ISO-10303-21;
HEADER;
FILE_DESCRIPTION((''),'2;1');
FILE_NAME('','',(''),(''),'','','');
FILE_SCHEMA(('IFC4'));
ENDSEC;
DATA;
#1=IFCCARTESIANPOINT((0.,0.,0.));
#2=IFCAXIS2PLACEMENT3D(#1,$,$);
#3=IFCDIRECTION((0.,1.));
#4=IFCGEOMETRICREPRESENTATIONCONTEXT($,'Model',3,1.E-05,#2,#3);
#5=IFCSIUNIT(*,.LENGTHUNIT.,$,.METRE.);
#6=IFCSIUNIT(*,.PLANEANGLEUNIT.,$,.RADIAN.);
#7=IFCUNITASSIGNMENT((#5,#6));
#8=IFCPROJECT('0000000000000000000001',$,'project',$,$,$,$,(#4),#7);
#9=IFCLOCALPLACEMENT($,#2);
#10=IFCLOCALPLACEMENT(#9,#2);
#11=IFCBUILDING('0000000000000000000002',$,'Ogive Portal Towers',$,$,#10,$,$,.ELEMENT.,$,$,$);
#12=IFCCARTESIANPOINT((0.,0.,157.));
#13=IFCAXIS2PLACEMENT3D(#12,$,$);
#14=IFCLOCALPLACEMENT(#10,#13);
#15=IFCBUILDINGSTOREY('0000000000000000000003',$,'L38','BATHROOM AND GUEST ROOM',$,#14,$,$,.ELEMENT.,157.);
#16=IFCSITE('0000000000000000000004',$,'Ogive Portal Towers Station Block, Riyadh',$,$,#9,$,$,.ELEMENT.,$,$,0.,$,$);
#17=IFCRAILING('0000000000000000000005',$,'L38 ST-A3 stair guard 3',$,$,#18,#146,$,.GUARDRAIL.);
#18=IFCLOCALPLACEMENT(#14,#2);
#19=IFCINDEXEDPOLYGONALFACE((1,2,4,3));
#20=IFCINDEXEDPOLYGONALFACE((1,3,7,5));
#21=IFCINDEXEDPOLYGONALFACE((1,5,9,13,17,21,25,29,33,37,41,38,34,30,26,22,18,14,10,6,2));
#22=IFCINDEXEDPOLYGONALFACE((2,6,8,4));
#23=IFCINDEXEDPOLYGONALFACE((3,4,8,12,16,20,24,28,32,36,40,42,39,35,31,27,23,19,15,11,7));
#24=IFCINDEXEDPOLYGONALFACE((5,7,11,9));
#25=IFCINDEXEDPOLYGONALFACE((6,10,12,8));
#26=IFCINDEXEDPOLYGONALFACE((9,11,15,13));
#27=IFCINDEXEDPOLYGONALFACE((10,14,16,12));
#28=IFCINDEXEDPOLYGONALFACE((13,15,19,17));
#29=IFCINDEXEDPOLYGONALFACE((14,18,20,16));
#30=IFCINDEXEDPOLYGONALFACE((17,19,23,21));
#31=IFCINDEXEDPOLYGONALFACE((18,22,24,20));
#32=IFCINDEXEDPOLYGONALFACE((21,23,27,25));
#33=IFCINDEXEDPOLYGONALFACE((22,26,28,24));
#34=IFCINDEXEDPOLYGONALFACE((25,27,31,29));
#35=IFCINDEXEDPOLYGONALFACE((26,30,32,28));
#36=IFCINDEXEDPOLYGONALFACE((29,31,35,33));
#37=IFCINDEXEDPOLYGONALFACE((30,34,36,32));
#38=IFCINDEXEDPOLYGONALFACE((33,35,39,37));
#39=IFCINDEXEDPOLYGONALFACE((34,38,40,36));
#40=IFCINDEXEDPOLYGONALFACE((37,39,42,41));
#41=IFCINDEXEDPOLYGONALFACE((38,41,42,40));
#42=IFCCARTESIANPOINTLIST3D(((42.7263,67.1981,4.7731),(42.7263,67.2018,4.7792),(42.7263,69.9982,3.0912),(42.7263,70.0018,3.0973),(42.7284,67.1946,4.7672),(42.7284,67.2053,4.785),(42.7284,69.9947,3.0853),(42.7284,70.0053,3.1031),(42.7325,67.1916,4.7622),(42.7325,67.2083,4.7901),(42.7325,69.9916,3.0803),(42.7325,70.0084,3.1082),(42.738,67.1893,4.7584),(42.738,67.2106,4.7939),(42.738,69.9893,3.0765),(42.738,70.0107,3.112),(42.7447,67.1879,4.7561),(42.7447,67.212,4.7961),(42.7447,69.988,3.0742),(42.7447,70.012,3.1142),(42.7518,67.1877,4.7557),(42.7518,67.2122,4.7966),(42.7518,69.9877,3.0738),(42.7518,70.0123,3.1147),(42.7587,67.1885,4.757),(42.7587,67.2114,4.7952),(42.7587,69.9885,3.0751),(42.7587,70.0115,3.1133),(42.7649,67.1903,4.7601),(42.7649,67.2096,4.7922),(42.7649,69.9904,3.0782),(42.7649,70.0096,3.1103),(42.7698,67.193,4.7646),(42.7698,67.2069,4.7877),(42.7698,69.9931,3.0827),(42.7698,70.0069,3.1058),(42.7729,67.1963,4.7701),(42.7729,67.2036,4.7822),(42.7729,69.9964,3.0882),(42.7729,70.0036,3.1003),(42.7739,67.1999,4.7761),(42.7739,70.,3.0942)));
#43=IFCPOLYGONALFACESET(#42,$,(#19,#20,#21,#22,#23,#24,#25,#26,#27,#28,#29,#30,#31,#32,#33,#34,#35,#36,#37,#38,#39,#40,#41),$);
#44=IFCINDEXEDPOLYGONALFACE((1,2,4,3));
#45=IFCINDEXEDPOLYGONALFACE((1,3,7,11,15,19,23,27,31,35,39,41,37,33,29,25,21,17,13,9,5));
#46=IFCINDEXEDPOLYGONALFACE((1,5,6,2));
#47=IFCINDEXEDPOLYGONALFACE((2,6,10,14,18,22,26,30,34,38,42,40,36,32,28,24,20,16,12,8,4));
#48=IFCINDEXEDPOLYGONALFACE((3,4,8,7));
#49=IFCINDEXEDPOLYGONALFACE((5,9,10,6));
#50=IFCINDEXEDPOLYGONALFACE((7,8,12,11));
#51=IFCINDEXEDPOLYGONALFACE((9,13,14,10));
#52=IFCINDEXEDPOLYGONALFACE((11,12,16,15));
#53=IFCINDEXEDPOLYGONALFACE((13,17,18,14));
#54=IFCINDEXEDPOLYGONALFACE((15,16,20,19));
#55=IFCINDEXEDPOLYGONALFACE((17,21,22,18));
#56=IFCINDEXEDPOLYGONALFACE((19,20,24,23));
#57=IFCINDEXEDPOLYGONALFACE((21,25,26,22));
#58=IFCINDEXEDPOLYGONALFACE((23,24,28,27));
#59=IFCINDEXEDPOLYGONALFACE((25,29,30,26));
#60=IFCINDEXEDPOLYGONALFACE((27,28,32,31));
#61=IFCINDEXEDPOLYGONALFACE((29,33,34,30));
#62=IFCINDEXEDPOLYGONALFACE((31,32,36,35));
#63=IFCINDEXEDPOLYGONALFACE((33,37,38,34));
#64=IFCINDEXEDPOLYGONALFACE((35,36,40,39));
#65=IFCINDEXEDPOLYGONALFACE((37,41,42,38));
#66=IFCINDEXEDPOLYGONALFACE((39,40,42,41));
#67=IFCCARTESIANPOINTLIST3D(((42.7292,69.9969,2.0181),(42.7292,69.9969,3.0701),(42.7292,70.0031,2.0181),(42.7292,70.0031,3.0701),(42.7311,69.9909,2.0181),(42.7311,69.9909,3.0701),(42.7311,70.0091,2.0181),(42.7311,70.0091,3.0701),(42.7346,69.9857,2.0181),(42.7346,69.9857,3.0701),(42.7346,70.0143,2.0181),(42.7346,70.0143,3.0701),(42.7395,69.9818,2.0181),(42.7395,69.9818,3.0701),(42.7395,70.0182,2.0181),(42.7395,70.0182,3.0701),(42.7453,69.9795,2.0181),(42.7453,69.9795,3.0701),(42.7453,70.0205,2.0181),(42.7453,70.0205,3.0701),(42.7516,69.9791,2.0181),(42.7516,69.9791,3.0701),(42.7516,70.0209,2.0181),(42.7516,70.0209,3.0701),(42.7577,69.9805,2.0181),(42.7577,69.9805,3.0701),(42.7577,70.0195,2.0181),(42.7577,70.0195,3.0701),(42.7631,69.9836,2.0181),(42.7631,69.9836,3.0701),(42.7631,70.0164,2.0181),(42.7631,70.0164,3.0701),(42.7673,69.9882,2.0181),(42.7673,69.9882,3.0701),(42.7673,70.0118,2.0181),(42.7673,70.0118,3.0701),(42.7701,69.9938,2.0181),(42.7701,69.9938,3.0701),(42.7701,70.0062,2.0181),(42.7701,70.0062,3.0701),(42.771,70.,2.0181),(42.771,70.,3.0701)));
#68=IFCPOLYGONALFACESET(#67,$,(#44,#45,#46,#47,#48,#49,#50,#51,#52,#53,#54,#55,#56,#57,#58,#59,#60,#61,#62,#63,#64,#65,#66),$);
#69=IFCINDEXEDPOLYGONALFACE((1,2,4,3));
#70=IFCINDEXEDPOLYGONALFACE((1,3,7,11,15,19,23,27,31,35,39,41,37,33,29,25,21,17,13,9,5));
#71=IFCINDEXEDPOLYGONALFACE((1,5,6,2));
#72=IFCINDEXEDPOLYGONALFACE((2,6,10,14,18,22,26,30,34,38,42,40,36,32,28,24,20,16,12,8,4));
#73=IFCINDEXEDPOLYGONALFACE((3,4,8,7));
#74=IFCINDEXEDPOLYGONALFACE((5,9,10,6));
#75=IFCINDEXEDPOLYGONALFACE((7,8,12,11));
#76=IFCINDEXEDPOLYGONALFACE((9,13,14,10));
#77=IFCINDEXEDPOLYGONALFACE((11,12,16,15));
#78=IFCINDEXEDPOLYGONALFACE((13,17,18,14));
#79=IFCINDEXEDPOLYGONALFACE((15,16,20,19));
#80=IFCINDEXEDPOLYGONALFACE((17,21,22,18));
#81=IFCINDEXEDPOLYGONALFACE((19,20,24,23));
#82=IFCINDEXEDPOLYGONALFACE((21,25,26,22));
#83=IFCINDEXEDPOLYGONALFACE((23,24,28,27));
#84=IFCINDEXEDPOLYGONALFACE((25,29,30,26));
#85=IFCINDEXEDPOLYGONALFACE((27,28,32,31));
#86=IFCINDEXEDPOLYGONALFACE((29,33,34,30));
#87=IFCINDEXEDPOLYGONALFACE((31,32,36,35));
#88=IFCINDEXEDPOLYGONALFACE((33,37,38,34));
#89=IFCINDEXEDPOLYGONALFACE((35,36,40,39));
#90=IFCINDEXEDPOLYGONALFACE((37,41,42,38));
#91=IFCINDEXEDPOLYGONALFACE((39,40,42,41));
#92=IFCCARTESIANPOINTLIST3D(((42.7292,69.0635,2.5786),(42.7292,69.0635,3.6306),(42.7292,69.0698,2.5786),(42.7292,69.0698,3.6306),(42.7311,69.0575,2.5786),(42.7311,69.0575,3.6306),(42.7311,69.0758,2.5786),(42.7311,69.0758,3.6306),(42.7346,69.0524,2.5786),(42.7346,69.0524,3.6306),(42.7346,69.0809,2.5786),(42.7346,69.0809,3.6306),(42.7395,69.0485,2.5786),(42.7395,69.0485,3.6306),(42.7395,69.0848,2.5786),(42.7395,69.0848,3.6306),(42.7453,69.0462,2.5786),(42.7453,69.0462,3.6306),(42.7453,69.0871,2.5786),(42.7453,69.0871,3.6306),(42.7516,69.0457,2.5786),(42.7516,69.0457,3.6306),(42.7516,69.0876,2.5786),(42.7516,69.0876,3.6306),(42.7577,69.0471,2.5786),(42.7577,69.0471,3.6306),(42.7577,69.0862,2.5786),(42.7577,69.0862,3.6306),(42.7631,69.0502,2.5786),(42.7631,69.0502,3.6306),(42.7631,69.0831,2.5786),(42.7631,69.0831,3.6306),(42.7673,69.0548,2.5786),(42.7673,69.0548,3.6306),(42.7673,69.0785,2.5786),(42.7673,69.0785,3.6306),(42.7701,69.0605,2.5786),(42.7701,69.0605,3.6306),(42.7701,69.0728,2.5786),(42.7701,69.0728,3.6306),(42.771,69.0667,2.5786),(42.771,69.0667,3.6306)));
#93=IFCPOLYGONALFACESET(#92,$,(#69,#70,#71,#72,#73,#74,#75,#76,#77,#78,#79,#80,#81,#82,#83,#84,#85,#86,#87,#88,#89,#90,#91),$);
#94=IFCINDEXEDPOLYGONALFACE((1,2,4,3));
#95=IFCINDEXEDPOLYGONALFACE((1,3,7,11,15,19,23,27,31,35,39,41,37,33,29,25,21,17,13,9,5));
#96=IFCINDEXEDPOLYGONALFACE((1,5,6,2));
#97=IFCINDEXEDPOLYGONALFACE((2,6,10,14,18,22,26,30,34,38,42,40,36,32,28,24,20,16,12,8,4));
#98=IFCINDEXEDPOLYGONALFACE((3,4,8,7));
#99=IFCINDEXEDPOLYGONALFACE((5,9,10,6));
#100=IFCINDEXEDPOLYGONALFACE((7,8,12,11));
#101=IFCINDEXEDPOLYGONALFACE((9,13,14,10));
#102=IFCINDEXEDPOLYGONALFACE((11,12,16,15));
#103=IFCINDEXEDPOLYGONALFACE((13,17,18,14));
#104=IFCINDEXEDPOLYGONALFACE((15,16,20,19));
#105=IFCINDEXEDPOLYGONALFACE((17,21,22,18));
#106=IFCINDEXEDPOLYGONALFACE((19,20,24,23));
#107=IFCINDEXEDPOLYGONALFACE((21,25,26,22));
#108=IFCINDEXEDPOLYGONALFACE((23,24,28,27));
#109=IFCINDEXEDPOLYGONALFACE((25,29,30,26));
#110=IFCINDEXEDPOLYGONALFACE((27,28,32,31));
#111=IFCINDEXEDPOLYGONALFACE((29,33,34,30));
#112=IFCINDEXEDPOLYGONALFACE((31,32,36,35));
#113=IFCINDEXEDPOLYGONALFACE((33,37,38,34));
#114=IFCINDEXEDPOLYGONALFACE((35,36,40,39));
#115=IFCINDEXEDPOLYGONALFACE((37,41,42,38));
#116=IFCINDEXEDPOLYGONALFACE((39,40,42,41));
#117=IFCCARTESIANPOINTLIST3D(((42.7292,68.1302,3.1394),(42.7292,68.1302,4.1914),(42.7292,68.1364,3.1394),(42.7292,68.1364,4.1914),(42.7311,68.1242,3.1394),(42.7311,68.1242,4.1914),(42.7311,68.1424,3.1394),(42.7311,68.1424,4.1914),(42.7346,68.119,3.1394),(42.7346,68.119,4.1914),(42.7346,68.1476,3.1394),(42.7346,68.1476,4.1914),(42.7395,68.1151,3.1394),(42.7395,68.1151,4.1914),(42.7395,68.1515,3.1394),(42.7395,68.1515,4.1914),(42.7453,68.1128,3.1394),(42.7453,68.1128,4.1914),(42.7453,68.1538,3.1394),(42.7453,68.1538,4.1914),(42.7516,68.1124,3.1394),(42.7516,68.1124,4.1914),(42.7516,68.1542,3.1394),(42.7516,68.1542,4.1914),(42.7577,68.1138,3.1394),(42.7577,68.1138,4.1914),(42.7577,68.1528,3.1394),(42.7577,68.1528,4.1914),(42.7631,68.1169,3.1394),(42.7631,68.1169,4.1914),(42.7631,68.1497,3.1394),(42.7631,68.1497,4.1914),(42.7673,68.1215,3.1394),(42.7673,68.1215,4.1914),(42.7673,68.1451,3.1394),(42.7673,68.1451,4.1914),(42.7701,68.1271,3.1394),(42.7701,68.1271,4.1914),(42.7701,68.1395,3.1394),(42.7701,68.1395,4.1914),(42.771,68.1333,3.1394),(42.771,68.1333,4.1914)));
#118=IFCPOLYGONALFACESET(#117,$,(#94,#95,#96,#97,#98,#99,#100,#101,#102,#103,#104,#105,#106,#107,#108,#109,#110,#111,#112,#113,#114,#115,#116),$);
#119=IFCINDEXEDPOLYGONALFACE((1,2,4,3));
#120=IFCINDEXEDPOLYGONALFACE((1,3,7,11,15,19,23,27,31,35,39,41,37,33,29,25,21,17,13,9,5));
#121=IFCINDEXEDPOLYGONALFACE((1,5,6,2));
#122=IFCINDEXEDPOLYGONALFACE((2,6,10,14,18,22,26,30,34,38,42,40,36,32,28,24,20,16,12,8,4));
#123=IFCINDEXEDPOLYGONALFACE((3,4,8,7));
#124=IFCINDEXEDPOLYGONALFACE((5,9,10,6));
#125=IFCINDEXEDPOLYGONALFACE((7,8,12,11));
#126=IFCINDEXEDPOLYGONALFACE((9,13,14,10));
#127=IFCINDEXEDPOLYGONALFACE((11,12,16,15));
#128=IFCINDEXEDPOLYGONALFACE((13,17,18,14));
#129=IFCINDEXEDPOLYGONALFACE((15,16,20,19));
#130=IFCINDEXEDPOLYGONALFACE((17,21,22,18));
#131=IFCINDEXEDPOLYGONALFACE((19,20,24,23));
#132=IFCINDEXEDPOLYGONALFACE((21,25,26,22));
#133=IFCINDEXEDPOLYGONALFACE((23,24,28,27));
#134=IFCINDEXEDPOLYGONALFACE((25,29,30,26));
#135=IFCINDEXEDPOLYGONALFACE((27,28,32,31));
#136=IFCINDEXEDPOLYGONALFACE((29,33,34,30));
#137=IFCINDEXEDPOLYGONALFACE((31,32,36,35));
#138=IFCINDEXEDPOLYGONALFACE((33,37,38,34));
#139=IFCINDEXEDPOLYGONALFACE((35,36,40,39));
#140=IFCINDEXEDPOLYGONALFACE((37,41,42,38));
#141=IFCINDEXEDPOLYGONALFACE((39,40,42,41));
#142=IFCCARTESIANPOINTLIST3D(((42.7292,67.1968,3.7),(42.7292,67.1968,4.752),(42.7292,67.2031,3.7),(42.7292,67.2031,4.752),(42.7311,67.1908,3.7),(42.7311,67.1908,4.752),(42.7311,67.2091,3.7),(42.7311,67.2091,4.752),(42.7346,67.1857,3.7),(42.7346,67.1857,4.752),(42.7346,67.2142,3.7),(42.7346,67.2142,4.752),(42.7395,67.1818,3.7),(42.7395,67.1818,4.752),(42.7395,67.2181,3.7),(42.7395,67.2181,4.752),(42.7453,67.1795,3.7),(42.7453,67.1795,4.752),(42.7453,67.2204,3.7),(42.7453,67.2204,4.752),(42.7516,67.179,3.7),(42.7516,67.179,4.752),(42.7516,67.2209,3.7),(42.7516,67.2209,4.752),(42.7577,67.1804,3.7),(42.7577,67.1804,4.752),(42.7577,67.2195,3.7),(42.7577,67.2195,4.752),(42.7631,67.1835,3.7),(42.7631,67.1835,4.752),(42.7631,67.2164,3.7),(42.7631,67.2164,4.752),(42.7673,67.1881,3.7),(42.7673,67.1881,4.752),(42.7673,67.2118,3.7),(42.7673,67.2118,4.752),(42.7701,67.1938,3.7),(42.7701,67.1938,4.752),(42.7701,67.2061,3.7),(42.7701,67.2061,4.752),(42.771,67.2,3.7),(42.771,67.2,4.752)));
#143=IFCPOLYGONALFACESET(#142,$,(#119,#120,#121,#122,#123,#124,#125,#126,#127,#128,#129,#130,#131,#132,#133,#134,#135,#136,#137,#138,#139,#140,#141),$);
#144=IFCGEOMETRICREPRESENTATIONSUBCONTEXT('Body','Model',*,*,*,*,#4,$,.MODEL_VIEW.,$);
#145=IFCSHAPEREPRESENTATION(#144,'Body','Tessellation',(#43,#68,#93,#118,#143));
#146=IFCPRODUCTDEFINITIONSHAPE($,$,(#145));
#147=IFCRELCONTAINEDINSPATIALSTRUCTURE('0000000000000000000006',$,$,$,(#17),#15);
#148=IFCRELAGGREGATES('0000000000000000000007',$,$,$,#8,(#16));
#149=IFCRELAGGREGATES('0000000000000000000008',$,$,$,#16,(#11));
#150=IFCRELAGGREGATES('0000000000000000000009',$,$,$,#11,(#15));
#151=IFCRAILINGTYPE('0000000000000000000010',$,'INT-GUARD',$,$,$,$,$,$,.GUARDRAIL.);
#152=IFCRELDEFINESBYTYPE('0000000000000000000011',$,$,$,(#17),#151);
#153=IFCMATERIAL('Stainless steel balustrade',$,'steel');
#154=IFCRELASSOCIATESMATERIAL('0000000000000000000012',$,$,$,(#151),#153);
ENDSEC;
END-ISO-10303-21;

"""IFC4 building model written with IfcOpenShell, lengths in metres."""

from ifc_helpers import new_model, si_unit, direction, frame, origin, origin_2d, place, context, subcontext, project, spatial, circle, extrude, material, type_object, element, save


model = new_model("IFC4")

# Units and contexts
model_context = context("Model", 3, precision=1e-05, world=origin(), true_north=direction((0.0, 1.0)))
body_context = subcontext(model_context, "Body", "Model", "MODEL_VIEW")
ifc_project = project(units=[si_unit("LENGTHUNIT", "METRE"), si_unit("PLANEANGLEUNIT", "RADIAN")], contexts=[model_context])

# Site, building, storey
site_placement = place(None, origin())
site = spatial("IfcSite", under=ifc_project, at=site_placement, Name="Ogive Portal Towers Station Block, Riyadh", CompositionType="ELEMENT", RefElevation=0.0)
building_placement = place(site_placement, origin())
building = spatial("IfcBuilding", under=site, at=building_placement, Name="Ogive Portal Towers", CompositionType="ELEMENT")
storey_placement = place(building_placement, frame((0.0, 0.0, 157.0)))
storey = spatial("IfcBuildingStorey", under=building, at=storey_placement, Name="L38", Description="BATHROOM AND GUEST ROOM", CompositionType="ELEMENT", Elevation=157.0)

# Railing
ifc_material_1 = material(Name="Stainless steel balustrade", Category="steel")
railing_type_1 = type_object("IfcRailingType", Name="INT-GUARD", PredefinedType="GUARDRAIL", material=ifc_material_1)
railing_1_placement = place(storey_placement, frame((42.75, 70.0, 2.0181)))
element("IfcRailing", 1, at=railing_1_placement, inside=storey, type_object=railing_type_1, Name="L38 ST-A3 stair guard 3", PredefinedType="GUARDRAIL", context=body_context, shape_type="SweptSolid", body=[
    extrude(circle(Radius=0.0239, at=origin_2d()), frame((0.0, 0.0, 1.0762), z_axis=(0.0, -0.857242, 0.514913), x_axis=(1.0, 0.0, 0.0)), (0.0, 0.0, 1.0), 3.2664),
    extrude(circle(Radius=0.021, at=origin_2d()), origin(), (0.0, 0.0, 1.0), 1.052),
    extrude(circle(Radius=0.021, at=origin_2d()), frame((0.0, -0.9333, 0.5605)), (0.0, 0.0, 1.0), 1.052),
    extrude(circle(Radius=0.021, at=origin_2d()), frame((0.0, -1.8667, 1.1213)), (0.0, 0.0, 1.0), 1.052),
    extrude(circle(Radius=0.021, at=origin_2d()), frame((0.0, -2.8, 1.6819)), (0.0, 0.0, 1.0), 1.052),
])

save(model, "model.ifc")
